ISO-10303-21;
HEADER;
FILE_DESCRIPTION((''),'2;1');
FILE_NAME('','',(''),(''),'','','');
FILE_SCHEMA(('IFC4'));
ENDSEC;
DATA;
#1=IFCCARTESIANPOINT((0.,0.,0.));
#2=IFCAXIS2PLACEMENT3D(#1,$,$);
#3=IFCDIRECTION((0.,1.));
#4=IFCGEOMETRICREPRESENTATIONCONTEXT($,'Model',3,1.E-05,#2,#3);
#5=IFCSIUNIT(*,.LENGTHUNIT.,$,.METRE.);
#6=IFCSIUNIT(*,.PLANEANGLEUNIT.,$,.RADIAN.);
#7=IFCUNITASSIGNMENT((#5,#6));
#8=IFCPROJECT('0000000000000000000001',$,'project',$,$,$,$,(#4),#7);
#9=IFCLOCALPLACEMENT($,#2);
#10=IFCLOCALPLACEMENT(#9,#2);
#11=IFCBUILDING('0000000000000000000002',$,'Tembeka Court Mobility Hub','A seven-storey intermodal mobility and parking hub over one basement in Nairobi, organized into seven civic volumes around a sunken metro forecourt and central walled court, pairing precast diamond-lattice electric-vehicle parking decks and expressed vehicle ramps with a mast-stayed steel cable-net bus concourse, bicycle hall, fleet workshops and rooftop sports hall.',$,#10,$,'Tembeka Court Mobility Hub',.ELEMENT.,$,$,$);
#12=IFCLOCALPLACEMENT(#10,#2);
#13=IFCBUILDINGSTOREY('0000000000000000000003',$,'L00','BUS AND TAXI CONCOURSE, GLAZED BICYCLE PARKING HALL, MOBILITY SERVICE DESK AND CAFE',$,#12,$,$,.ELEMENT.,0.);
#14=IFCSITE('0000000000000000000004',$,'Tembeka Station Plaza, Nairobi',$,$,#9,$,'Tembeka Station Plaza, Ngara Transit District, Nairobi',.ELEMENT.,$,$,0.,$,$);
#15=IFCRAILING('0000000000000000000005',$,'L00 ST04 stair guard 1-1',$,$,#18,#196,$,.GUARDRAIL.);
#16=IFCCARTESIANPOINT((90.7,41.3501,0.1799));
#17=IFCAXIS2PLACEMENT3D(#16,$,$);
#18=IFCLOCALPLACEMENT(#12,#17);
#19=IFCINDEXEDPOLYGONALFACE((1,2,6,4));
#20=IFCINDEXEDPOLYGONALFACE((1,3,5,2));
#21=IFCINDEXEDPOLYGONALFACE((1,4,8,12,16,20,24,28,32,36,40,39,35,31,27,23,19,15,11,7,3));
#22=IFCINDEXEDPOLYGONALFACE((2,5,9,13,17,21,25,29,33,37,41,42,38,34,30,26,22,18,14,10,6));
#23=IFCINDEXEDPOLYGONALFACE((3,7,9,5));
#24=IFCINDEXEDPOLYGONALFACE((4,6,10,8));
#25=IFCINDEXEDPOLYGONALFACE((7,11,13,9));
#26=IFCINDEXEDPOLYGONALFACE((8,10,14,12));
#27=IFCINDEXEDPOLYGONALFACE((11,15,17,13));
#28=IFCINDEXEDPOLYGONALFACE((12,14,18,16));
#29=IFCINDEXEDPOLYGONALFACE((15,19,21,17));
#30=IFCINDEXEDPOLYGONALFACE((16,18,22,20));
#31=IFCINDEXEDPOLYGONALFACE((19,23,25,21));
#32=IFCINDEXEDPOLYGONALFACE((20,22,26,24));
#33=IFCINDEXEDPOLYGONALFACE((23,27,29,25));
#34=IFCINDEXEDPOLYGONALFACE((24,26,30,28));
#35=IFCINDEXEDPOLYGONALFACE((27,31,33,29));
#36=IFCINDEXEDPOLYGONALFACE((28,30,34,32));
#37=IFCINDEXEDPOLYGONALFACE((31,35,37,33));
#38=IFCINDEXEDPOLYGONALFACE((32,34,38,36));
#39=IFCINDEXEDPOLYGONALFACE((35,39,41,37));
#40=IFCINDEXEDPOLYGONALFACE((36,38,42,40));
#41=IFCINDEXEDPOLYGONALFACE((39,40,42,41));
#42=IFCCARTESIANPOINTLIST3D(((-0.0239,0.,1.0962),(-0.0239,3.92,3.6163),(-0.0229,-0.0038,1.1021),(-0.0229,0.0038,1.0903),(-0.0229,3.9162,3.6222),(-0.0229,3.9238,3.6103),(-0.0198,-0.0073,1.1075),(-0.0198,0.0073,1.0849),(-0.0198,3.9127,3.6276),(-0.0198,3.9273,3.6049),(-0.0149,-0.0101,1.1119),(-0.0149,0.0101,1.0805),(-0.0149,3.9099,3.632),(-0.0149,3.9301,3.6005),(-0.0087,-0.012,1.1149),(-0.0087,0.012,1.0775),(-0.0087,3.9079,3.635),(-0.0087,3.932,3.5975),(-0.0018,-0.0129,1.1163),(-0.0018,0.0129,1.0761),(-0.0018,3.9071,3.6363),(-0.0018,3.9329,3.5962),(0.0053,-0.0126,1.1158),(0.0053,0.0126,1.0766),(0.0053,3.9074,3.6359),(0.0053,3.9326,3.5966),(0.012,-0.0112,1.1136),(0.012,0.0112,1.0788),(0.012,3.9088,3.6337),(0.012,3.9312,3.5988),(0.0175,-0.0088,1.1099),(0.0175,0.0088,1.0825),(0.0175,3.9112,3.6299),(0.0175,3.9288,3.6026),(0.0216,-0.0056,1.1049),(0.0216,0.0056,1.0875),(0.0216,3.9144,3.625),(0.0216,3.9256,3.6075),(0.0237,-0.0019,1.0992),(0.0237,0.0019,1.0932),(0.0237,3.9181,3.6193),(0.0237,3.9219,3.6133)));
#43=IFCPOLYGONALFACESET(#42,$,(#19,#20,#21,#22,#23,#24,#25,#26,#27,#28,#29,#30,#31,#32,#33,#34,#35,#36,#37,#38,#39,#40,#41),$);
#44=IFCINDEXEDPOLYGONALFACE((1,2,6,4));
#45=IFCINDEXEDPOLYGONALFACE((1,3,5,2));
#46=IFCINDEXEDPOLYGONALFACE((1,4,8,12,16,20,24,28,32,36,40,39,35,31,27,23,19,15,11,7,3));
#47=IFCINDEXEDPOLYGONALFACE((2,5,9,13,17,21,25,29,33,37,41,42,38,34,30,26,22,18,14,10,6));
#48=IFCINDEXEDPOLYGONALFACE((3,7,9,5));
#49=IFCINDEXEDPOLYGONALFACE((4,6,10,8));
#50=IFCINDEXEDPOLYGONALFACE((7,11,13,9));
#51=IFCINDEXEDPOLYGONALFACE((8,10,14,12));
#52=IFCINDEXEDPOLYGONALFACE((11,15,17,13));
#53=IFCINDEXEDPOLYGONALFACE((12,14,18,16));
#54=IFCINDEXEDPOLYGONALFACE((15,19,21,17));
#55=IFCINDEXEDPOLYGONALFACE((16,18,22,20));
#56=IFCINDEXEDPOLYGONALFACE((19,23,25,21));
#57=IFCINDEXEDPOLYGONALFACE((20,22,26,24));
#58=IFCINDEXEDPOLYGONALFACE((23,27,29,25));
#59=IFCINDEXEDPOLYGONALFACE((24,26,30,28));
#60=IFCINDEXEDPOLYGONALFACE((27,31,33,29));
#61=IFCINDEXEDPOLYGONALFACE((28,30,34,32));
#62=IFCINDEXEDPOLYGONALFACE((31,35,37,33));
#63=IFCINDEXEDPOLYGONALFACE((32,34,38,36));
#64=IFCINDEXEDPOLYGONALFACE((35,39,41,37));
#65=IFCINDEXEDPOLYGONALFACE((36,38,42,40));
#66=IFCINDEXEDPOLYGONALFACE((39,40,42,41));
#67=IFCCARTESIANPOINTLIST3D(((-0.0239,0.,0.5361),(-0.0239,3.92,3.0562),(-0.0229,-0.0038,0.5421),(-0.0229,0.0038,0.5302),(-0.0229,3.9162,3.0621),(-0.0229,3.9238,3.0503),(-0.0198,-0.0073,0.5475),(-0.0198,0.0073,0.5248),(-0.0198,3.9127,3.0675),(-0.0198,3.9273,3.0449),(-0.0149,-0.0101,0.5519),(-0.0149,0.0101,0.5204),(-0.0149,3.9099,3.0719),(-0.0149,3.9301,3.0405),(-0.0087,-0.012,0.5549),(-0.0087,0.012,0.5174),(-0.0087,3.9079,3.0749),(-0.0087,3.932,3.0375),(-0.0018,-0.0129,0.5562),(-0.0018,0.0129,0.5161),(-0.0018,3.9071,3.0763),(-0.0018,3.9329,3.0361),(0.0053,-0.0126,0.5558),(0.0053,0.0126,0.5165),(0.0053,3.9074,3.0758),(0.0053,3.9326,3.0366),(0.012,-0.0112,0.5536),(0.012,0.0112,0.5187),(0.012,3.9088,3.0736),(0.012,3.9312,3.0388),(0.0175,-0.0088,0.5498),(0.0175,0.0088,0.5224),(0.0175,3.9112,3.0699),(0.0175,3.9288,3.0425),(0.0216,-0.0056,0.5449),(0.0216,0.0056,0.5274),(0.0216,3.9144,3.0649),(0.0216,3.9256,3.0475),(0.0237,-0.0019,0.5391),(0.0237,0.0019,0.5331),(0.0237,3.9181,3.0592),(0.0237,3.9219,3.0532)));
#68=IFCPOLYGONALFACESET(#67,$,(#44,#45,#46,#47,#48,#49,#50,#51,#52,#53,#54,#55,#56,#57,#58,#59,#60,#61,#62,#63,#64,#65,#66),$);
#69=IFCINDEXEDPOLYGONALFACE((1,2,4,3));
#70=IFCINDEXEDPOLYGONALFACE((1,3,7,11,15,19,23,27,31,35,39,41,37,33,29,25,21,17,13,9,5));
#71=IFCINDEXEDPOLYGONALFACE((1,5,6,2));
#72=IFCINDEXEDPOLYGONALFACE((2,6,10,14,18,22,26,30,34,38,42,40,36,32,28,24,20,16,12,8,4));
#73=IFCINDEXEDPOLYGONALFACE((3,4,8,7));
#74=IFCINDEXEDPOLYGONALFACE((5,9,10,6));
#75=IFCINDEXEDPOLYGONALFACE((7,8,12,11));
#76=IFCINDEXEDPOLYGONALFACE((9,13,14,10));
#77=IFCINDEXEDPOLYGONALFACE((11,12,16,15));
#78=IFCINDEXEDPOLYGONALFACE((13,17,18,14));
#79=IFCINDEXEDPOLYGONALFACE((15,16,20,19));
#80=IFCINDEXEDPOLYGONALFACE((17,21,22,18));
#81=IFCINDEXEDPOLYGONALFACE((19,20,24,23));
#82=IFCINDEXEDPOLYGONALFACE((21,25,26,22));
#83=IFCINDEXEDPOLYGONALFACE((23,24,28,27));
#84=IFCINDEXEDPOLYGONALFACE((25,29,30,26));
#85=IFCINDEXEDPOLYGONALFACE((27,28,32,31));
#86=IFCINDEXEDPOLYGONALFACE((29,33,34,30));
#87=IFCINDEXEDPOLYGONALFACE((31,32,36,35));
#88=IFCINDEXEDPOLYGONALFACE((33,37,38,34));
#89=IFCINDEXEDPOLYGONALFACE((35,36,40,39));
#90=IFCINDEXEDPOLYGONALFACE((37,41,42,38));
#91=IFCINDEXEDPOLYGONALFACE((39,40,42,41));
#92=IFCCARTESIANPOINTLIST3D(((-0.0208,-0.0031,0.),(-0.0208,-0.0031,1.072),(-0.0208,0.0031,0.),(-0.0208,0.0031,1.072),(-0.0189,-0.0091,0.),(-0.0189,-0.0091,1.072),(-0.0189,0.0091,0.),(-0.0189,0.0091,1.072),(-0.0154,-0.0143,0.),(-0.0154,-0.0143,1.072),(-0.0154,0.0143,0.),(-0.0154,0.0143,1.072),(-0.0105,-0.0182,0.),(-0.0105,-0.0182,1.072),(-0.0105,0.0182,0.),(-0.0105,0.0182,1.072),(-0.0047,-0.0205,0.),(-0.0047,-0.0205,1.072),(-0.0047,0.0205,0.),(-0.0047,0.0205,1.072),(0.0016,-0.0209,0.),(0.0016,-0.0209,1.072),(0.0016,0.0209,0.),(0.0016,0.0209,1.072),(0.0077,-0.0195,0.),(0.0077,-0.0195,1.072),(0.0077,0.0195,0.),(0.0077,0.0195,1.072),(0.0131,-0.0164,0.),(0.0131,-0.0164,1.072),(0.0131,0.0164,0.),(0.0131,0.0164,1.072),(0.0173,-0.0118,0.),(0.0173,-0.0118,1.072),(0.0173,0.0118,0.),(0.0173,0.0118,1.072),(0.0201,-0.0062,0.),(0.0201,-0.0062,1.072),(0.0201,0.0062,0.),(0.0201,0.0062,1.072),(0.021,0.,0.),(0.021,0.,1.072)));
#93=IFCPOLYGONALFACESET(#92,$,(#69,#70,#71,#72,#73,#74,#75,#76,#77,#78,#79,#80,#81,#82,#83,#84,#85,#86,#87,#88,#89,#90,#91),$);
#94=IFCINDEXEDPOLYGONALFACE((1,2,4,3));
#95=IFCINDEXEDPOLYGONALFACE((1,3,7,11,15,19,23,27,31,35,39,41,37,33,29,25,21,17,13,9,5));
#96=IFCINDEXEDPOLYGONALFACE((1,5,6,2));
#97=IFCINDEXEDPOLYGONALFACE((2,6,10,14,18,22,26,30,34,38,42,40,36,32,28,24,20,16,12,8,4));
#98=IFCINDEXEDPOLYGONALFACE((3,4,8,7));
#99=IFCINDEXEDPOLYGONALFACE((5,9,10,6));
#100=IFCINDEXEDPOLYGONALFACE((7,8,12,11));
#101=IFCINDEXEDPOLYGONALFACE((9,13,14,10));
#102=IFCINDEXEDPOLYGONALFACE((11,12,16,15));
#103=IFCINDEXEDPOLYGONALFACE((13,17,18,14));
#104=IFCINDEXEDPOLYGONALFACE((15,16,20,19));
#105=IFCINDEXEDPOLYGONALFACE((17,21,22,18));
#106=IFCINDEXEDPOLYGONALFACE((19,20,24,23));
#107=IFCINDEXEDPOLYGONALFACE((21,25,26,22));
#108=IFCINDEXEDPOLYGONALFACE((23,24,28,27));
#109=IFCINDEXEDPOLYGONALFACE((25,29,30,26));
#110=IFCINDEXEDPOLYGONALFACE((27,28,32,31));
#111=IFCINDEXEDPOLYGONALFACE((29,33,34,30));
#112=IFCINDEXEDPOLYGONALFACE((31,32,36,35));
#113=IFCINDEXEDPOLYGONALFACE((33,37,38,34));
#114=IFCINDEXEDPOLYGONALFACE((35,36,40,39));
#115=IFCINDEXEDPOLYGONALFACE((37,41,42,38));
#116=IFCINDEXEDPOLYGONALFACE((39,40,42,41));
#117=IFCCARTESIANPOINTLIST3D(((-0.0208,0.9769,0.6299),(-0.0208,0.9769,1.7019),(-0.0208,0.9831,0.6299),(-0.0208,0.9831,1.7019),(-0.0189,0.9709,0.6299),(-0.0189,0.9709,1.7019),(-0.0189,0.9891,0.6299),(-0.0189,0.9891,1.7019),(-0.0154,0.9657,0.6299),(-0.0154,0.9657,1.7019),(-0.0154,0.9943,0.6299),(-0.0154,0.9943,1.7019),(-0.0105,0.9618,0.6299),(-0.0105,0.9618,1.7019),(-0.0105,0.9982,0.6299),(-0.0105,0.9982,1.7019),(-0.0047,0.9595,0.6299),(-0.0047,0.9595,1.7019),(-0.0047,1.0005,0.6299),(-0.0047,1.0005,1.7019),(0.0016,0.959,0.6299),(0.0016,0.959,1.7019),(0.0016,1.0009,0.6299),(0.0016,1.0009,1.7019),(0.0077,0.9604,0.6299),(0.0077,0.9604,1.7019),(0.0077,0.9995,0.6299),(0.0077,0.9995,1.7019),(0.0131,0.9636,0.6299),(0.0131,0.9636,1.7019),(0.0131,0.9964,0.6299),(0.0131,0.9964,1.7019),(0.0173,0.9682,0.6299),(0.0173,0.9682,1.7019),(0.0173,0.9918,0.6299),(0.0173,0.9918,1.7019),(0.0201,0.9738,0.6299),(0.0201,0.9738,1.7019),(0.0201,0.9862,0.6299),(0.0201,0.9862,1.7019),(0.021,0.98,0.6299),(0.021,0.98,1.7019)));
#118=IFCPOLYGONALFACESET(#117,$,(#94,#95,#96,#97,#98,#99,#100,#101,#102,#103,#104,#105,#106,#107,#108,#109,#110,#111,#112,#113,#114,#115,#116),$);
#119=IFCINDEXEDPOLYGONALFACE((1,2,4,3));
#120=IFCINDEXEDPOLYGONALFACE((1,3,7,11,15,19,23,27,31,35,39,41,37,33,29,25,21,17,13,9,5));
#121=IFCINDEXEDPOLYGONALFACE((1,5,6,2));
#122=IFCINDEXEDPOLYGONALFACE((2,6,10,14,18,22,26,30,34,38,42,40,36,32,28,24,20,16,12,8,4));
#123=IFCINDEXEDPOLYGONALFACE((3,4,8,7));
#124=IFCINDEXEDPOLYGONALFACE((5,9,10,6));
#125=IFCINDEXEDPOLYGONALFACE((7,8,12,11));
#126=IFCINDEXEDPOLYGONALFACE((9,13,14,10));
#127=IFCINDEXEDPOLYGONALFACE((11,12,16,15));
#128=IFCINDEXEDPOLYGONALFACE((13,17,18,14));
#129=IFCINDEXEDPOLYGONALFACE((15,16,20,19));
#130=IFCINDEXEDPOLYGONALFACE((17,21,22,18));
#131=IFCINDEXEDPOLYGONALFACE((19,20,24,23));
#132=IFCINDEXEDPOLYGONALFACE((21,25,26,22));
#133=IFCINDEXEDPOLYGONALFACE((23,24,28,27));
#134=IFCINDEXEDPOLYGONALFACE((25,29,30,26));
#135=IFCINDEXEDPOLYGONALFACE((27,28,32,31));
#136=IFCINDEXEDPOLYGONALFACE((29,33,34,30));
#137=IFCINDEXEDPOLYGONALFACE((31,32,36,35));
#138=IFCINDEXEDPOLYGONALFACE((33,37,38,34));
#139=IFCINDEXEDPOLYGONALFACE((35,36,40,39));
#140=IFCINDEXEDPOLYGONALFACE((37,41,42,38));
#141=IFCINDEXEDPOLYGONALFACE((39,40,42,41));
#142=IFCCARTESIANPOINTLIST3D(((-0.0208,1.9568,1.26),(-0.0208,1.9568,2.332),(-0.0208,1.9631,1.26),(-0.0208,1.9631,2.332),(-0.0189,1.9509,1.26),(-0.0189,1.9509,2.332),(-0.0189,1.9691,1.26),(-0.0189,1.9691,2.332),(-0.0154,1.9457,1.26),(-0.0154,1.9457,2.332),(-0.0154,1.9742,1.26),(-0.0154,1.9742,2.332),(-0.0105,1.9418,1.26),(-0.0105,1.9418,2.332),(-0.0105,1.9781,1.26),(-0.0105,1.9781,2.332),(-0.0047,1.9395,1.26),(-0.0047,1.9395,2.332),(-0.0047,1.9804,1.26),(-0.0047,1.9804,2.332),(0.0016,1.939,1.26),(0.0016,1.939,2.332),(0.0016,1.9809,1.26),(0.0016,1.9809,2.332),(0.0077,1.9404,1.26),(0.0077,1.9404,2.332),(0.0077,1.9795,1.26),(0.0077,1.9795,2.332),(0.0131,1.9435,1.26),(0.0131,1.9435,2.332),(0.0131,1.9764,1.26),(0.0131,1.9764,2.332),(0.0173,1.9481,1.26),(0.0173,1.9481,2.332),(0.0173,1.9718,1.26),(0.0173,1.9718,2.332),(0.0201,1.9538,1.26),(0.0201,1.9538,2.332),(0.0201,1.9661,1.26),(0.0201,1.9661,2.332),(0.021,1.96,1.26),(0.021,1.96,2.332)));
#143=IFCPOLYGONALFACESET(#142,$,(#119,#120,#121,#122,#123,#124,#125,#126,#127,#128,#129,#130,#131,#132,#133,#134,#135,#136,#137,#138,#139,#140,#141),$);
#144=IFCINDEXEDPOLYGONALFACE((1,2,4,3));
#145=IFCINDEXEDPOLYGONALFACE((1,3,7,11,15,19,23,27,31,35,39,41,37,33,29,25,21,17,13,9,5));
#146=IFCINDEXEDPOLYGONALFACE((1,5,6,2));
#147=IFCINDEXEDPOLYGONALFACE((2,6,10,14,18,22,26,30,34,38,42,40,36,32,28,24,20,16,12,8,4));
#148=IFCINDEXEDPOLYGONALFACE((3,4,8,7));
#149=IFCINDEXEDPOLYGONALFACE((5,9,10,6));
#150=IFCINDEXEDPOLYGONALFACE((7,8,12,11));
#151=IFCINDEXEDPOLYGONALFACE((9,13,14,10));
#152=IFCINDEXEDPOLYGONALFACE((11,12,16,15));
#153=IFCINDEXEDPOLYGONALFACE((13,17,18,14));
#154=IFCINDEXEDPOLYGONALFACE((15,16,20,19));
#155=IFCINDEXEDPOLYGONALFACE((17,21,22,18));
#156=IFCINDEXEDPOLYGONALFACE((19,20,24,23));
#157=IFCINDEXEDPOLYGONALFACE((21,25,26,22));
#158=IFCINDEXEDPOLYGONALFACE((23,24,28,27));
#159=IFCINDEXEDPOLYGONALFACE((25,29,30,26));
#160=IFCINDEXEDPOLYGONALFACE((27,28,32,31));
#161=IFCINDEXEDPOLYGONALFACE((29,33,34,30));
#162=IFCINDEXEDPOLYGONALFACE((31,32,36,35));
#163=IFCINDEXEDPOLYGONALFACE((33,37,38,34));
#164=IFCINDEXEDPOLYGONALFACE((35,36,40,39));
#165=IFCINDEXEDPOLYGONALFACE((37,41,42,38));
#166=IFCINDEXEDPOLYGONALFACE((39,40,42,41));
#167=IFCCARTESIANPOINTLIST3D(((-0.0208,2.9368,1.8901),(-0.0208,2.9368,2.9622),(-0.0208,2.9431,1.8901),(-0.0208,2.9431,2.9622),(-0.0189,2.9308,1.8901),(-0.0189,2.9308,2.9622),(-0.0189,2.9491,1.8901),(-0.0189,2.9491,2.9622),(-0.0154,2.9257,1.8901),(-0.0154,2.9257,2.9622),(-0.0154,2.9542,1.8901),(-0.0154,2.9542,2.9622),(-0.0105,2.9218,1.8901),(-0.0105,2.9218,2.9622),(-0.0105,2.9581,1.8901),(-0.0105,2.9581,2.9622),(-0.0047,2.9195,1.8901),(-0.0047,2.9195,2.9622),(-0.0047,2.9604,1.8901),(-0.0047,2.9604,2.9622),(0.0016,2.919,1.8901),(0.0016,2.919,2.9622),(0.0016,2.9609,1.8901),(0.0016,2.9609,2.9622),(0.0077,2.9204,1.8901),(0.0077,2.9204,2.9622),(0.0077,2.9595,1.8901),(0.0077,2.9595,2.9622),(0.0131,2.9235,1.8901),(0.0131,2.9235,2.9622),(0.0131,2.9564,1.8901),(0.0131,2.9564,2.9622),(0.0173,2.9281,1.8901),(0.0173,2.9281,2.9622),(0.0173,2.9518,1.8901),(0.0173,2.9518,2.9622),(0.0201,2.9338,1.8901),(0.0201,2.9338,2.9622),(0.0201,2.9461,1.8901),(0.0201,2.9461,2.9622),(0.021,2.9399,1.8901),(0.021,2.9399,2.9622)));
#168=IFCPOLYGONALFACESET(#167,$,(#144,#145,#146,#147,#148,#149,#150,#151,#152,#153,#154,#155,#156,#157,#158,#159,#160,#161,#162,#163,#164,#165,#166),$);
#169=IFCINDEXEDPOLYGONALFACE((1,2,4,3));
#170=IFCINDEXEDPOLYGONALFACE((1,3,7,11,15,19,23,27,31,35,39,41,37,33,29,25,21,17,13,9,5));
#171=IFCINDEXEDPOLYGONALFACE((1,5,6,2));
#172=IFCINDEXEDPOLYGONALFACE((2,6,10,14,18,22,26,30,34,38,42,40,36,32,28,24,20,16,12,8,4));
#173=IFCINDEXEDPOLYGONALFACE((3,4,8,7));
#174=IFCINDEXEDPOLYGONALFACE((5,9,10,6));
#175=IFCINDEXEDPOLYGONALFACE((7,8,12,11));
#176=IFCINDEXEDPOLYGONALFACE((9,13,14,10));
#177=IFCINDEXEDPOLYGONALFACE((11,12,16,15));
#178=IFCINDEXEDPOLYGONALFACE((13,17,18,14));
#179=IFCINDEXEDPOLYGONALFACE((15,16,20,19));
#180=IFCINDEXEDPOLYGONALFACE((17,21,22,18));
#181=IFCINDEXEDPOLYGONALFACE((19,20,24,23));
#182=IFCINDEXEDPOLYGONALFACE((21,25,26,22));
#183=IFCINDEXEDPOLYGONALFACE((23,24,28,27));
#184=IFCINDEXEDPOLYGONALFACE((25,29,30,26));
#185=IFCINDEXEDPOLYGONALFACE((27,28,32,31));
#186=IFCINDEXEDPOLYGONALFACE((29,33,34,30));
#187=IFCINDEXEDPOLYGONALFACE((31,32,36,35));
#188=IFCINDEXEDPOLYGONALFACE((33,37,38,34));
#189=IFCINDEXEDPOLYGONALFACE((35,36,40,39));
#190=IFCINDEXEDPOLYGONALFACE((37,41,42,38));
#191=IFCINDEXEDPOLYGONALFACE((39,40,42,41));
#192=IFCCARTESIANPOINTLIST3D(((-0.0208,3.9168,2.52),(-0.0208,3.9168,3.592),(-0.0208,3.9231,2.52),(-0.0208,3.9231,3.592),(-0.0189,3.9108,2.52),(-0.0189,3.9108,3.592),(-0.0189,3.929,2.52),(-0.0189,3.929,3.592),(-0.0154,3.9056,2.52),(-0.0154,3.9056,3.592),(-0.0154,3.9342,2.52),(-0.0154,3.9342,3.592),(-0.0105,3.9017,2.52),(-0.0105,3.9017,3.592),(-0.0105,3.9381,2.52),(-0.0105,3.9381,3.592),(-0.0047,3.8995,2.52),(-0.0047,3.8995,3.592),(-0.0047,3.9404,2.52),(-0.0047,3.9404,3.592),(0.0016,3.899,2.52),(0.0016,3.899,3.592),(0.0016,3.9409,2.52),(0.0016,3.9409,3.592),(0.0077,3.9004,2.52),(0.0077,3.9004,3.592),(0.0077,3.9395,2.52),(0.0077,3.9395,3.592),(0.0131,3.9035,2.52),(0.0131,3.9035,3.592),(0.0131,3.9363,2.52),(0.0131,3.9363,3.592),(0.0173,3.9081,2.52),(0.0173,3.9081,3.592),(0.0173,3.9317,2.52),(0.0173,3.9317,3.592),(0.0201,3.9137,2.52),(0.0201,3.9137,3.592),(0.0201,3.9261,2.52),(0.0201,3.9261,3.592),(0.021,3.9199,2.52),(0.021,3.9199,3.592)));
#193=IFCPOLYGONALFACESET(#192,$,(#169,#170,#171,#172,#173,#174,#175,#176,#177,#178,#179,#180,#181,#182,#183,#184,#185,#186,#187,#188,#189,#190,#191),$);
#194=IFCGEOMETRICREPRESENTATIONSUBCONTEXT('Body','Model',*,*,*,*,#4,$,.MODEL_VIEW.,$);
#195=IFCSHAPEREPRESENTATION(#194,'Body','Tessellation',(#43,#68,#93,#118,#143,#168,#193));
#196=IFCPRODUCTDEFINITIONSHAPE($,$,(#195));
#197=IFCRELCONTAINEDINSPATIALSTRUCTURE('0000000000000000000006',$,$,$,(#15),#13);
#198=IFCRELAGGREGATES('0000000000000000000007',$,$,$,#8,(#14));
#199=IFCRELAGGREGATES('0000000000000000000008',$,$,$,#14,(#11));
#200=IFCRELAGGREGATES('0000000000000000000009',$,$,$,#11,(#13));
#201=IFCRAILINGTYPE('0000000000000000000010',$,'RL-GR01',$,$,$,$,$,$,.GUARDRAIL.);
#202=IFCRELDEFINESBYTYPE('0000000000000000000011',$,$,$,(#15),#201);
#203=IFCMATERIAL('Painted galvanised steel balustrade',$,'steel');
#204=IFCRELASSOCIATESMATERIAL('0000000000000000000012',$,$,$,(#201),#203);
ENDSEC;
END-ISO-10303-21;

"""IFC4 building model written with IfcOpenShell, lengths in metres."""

from ifc_helpers import new_model, si_unit, direction, frame, origin, origin_2d, place, context, subcontext, project, spatial, circle, extrude, material, type_object, element, save


model = new_model("IFC4")

# Units and contexts
model_context = context("Model", 3, precision=1e-05, world=origin(), true_north=direction((0.0, 1.0)))
body_context = subcontext(model_context, "Body", "Model", "MODEL_VIEW")
ifc_project = project(units=[si_unit("LENGTHUNIT", "METRE"), si_unit("PLANEANGLEUNIT", "RADIAN")], contexts=[model_context])

# Site, building, storey
site_placement = place(None, origin())
site = spatial("IfcSite", under=ifc_project, at=site_placement, Name="Tembeka Station Plaza, Nairobi", LongName="Tembeka Station Plaza, Ngara Transit District, Nairobi", CompositionType="ELEMENT", RefElevation=0.0)
building_placement = place(site_placement, origin())
building = spatial("IfcBuilding", under=site, at=building_placement, Name="Tembeka Court Mobility Hub", Description="A seven-storey intermodal mobility and parking hub over one basement in Nairobi, organized into seven civic volumes around a sunken metro forecourt and central walled court, pairing precast diamond-lattice electric-vehicle parking decks and expressed vehicle ramps with a mast-stayed steel cable-net bus concourse, bicycle hall, fleet workshops and rooftop sports hall.", LongName="Tembeka Court Mobility Hub", CompositionType="ELEMENT")
storey_placement = place(building_placement, origin())
storey = spatial("IfcBuildingStorey", under=building, at=storey_placement, Name="L00", Description="BUS AND TAXI CONCOURSE, GLAZED BICYCLE PARKING HALL, MOBILITY SERVICE DESK AND CAFE", CompositionType="ELEMENT", Elevation=0.0)

# Railing
ifc_material_1 = material(Name="Painted galvanised steel balustrade", Category="steel")
railing_type_1 = type_object("IfcRailingType", Name="RL-GR01", PredefinedType="GUARDRAIL", material=ifc_material_1)
railing_1_placement = place(storey_placement, frame((90.7, 41.3501, 0.1799)))
element("IfcRailing", 1, at=railing_1_placement, inside=storey, type_object=railing_type_1, Name="L00 ST04 stair guard 1-1", PredefinedType="GUARDRAIL", context=body_context, shape_type="SweptSolid", body=[
    extrude(circle(Radius=0.0239, at=origin_2d()), frame((0.0, 0.0, 1.0962), z_axis=(0.0, 0.841172, 0.540768), x_axis=(-1.0, 0.0, 0.0)), (0.0, 0.0, 1.0), 4.6602),
    extrude(circle(Radius=0.0239, at=origin_2d()), frame((0.0, 0.0, 0.5361), z_axis=(0.0, 0.841172, 0.540768), x_axis=(-1.0, 0.0, 0.0)), (0.0, 0.0, 1.0), 4.6602),
    extrude(circle(Radius=0.021, at=origin_2d()), origin(), (0.0, 0.0, 1.0), 1.072),
    extrude(circle(Radius=0.021, at=origin_2d()), frame((0.0, 0.98, 0.6299)), (0.0, 0.0, 1.0), 1.072),
    extrude(circle(Radius=0.021, at=origin_2d()), frame((0.0, 1.96, 1.26)), (0.0, 0.0, 1.0), 1.072),
    extrude(circle(Radius=0.021, at=origin_2d()), frame((0.0, 2.9399, 1.8901)), (0.0, 0.0, 1.0), 1.072),
    extrude(circle(Radius=0.021, at=origin_2d()), frame((0.0, 3.9199, 2.52)), (0.0, 0.0, 1.0), 1.072),
])

save(model, "model.ifc")
